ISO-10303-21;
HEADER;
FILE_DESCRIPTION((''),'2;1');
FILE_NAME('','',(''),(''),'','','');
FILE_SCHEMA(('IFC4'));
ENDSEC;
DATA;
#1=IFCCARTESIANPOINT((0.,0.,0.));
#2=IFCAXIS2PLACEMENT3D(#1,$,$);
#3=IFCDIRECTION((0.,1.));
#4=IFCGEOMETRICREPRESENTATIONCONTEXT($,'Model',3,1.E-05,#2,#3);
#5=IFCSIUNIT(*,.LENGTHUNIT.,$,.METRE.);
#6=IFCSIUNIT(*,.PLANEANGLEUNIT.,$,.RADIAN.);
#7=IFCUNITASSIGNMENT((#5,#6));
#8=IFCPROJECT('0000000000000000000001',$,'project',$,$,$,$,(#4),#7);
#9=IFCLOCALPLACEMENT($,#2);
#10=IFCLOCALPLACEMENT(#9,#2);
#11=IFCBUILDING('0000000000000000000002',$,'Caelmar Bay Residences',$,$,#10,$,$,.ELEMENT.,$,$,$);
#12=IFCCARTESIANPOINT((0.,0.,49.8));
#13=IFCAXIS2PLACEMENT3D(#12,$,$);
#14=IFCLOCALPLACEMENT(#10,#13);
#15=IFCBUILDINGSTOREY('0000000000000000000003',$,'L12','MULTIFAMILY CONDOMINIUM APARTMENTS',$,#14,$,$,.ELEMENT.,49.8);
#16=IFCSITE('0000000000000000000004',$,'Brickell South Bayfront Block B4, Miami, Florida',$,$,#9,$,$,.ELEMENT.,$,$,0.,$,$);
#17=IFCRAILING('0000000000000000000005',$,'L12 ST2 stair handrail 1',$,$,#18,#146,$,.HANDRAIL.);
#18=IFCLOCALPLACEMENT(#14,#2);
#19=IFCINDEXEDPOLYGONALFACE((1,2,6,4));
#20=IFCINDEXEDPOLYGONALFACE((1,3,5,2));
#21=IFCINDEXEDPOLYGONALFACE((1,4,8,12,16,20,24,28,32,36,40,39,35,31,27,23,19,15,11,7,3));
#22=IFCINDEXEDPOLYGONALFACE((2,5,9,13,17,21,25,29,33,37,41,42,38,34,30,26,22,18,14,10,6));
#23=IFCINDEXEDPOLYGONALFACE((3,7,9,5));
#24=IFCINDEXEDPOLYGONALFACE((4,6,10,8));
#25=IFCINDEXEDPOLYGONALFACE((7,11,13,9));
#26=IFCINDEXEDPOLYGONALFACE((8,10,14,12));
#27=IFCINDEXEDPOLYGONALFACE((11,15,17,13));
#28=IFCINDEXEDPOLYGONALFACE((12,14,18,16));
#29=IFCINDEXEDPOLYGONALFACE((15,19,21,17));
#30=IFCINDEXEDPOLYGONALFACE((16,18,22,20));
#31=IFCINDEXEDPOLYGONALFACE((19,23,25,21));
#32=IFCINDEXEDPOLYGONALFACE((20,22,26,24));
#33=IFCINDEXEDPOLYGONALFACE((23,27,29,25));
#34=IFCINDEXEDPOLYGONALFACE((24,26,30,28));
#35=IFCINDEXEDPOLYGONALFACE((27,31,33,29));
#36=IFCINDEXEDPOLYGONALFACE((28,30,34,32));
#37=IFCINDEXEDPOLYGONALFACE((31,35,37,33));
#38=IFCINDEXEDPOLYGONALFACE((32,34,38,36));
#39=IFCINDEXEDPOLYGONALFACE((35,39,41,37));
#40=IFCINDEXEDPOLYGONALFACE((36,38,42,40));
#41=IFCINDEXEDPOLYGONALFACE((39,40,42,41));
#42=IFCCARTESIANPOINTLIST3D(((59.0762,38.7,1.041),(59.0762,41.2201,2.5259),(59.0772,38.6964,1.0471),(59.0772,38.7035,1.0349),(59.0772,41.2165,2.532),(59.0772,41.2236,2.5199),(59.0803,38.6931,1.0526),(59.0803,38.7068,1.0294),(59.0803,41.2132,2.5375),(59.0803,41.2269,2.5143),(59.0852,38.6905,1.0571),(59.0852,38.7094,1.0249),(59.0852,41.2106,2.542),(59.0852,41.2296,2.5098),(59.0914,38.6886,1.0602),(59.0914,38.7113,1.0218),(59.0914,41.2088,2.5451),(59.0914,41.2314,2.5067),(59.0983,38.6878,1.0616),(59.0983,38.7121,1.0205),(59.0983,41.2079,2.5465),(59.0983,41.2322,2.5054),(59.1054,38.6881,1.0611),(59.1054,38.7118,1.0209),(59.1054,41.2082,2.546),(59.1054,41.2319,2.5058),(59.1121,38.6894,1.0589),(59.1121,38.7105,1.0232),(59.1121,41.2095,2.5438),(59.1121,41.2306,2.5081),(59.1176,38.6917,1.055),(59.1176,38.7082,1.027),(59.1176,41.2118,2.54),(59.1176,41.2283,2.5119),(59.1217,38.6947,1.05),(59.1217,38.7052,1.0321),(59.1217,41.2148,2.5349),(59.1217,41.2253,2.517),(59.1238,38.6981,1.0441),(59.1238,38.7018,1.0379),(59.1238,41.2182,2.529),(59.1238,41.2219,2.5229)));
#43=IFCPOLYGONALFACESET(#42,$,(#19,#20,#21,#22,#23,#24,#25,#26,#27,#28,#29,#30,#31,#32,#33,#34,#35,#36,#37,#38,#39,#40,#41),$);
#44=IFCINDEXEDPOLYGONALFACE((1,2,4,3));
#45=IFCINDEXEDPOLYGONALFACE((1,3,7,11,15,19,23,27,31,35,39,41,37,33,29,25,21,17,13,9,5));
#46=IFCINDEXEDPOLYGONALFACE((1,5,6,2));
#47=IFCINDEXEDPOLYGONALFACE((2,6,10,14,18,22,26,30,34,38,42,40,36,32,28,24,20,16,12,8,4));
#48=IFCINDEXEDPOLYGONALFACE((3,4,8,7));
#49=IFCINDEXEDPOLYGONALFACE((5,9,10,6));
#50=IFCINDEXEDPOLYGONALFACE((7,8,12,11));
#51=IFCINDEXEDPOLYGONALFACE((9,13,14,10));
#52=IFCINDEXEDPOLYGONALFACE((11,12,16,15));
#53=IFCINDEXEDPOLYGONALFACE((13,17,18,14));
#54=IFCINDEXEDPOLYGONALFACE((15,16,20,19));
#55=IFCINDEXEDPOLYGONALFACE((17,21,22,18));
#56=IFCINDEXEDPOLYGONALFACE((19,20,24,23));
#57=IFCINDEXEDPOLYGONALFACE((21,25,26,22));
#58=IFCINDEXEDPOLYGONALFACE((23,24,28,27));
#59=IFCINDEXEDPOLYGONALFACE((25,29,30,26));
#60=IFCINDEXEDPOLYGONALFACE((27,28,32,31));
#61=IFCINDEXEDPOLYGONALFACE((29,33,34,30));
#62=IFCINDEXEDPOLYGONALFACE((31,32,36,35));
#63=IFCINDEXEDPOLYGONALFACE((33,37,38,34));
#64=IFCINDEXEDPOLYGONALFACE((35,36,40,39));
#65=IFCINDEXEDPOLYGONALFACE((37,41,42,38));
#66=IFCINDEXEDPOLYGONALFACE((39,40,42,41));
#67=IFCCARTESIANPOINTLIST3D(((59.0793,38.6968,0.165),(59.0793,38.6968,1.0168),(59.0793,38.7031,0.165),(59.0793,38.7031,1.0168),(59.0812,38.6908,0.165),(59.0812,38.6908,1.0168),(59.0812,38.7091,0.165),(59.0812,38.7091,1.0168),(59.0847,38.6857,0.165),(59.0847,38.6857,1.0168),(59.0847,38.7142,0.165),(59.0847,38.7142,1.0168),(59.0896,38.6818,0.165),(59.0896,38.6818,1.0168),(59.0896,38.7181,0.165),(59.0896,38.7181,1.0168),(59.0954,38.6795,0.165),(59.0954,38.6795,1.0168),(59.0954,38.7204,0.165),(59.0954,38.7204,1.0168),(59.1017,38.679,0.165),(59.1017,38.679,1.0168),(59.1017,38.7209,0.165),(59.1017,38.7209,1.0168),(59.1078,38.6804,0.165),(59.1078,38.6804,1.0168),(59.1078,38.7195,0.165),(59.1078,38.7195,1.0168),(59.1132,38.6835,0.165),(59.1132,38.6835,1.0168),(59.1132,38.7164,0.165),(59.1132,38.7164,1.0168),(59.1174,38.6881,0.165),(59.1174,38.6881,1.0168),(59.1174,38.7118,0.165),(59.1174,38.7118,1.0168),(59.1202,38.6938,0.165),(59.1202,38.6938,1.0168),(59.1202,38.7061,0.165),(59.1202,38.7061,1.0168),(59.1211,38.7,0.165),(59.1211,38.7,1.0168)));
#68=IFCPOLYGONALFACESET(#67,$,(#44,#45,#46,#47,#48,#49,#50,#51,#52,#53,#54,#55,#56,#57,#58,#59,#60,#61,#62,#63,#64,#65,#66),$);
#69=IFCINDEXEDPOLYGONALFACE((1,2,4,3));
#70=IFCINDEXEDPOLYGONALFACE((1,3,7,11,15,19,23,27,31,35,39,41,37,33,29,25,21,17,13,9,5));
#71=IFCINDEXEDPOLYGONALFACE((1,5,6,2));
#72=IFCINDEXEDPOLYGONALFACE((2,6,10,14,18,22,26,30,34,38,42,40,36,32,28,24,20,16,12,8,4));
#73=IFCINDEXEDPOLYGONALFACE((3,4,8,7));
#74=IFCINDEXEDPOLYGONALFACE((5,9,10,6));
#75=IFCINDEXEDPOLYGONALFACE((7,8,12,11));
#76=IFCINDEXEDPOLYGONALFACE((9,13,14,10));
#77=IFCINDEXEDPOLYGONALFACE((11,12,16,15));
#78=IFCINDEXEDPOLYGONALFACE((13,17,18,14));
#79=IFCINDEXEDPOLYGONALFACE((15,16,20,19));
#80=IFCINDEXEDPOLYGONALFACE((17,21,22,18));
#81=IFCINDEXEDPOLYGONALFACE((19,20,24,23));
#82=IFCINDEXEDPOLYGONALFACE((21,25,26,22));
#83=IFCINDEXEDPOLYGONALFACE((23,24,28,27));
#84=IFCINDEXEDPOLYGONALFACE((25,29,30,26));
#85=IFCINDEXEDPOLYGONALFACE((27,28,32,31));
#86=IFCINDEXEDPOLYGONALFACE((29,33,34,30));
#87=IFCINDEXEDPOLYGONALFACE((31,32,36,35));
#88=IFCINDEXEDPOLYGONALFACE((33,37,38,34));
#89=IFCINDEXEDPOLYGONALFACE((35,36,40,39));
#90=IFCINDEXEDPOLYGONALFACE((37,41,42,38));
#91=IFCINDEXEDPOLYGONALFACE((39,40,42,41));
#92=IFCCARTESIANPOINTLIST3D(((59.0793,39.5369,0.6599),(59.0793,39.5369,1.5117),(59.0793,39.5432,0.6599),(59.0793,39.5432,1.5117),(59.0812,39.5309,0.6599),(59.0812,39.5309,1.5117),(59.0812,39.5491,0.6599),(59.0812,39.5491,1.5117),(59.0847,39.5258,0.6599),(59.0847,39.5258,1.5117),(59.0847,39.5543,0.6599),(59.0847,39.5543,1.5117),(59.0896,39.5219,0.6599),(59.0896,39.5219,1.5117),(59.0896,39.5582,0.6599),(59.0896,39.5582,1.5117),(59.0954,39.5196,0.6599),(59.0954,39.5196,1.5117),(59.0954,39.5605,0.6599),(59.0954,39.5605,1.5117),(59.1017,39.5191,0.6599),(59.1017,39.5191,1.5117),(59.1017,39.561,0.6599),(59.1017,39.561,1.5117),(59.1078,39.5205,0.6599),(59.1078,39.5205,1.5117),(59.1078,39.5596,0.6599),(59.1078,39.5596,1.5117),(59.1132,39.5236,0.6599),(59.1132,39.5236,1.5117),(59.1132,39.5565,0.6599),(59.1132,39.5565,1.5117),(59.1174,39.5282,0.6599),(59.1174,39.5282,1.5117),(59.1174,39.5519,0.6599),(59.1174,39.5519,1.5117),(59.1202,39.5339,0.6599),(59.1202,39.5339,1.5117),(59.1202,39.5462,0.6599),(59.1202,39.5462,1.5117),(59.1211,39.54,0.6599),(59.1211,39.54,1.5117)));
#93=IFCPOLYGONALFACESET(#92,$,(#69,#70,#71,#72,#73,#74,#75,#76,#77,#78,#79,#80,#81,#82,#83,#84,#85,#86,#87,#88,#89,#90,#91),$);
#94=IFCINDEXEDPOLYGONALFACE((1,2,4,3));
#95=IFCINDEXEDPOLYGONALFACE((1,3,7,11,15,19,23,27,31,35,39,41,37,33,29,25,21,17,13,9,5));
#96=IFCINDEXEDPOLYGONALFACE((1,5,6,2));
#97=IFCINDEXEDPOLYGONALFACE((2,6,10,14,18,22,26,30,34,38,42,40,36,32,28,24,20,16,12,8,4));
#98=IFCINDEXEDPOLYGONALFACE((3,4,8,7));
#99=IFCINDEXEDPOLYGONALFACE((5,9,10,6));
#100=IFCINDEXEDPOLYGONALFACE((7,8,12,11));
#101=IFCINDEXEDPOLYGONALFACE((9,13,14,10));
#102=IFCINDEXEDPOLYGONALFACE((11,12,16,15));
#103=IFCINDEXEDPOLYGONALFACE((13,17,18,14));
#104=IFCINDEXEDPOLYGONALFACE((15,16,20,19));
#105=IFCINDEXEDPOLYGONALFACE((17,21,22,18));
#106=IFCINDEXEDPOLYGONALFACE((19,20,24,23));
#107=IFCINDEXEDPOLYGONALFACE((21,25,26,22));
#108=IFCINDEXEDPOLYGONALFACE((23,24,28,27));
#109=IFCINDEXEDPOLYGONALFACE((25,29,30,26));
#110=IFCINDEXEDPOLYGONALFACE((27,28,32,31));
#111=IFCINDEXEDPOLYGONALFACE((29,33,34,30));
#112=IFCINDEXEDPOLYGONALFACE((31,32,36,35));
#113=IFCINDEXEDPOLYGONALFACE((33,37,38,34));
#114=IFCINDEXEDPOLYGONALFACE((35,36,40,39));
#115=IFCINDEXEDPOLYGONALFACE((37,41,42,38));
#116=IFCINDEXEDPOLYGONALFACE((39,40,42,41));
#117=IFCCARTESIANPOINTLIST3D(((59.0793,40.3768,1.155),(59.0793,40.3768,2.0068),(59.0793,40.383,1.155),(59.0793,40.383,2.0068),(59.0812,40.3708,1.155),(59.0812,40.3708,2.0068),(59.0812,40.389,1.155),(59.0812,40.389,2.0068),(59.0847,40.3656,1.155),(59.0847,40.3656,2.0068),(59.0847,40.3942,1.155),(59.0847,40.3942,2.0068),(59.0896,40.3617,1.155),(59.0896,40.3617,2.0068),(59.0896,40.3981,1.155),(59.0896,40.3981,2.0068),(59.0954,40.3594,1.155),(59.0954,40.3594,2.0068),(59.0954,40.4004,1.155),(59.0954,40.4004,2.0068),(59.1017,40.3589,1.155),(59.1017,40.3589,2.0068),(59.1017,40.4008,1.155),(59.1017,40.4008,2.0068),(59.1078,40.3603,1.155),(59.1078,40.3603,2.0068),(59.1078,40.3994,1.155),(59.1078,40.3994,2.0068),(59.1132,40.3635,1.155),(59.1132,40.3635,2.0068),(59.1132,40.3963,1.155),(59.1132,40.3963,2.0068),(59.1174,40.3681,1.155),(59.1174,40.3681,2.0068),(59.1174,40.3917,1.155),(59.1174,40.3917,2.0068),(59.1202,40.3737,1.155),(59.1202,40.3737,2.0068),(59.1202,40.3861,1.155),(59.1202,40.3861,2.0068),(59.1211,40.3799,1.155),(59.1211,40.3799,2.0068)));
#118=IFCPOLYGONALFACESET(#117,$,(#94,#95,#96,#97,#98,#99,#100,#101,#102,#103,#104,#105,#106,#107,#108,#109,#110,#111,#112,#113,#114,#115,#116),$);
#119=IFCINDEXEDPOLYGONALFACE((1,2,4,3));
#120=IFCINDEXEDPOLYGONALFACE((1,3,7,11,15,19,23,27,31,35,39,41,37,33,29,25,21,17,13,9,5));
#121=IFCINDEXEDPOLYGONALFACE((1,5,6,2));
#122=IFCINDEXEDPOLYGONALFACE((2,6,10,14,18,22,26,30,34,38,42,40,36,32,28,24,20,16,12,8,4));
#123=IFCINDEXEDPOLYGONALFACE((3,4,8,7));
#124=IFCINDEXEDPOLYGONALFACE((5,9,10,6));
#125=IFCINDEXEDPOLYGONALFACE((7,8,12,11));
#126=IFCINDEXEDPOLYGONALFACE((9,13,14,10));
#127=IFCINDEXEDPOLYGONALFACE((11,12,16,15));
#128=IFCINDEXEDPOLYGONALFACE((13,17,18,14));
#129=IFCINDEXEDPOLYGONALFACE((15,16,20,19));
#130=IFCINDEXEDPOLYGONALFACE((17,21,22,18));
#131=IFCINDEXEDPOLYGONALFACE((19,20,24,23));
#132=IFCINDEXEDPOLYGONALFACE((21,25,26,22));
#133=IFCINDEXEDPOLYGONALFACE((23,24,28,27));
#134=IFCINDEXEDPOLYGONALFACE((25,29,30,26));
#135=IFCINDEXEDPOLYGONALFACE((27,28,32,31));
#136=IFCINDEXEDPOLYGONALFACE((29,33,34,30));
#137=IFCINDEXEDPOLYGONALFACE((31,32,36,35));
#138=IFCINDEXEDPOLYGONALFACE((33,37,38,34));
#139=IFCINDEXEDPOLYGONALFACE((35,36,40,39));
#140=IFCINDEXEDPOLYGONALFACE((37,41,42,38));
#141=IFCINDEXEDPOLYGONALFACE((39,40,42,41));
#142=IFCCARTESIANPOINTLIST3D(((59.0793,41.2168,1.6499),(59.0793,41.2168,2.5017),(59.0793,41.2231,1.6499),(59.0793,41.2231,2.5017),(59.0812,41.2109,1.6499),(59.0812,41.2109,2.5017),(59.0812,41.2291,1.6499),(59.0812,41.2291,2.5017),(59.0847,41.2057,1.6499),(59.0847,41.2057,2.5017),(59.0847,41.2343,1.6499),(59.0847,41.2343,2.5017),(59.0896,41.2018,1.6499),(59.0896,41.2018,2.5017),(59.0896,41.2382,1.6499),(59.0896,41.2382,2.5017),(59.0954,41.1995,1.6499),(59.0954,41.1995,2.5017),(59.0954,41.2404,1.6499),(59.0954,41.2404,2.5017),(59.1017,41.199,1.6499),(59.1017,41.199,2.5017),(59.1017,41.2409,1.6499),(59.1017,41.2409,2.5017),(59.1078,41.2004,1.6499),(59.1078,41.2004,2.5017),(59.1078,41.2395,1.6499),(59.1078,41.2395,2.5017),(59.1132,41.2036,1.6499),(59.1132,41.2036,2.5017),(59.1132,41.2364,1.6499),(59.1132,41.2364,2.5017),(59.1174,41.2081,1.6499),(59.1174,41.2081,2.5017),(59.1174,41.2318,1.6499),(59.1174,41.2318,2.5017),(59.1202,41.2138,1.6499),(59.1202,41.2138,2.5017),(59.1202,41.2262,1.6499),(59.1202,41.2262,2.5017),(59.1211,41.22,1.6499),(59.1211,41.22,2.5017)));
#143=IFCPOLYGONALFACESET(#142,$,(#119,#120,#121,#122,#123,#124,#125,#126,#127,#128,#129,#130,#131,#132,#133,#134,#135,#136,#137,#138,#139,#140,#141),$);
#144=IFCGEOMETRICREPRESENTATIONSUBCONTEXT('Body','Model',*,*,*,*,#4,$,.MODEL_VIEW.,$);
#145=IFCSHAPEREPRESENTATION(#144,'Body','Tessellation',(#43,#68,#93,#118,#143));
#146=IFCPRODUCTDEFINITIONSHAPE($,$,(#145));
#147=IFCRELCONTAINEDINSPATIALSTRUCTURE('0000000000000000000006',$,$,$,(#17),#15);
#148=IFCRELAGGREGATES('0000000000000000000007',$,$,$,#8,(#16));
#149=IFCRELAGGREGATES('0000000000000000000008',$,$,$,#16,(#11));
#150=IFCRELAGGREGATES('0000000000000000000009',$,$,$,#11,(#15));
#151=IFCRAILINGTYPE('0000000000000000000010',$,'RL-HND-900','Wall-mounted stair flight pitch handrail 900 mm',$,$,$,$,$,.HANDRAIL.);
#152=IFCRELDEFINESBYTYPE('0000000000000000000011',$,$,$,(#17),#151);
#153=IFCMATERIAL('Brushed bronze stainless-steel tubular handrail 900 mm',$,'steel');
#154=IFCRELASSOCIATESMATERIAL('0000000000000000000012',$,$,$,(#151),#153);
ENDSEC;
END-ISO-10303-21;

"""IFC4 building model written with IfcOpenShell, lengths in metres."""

from ifc_helpers import new_model, si_unit, direction, frame, origin, origin_2d, place, context, subcontext, project, spatial, circle, extrude, material, type_object, element, save


model = new_model("IFC4")

# Units and contexts
model_context = context("Model", 3, precision=1e-05, world=origin(), true_north=direction((0.0, 1.0)))
body_context = subcontext(model_context, "Body", "Model", "MODEL_VIEW")
ifc_project = project(units=[si_unit("LENGTHUNIT", "METRE"), si_unit("PLANEANGLEUNIT", "RADIAN")], contexts=[model_context])

# Site, building, storey
site_placement = place(None, origin())
site = spatial("IfcSite", under=ifc_project, at=site_placement, Name="Brickell South Bayfront Block B4, Miami, Florida", CompositionType="ELEMENT", RefElevation=0.0)
building_placement = place(site_placement, origin())
building = spatial("IfcBuilding", under=site, at=building_placement, Name="Caelmar Bay Residences", CompositionType="ELEMENT")
storey_placement = place(building_placement, frame((0.0, 0.0, 49.8)))
storey = spatial("IfcBuildingStorey", under=building, at=storey_placement, Name="L12", Description="MULTIFAMILY CONDOMINIUM APARTMENTS", CompositionType="ELEMENT", Elevation=49.8)

# Railing
ifc_material_1 = material(Name="Brushed bronze stainless-steel tubular handrail 900 mm", Category="steel")
railing_type_1 = type_object("IfcRailingType", Name="RL-HND-900", Description="Wall-mounted stair flight pitch handrail 900 mm", PredefinedType="HANDRAIL", material=ifc_material_1)
railing_1_placement = place(storey_placement, frame((59.1001, 38.7, 0.165)))
element("IfcRailing", 1, at=railing_1_placement, inside=storey, type_object=railing_type_1, Name="L12 ST2 stair handrail 1", PredefinedType="HANDRAIL", context=body_context, shape_type="SweptSolid", body=[
    extrude(circle(Radius=0.0239, at=origin_2d()), frame((0.0, 0.0, 0.876), z_axis=(0.0, 0.861561, 0.507655), x_axis=(-1.0, 0.0, 0.0)), (0.0, 0.0, 1.0), 2.925),
    extrude(circle(Radius=0.021, at=origin_2d()), origin(), (0.0, 0.0, 1.0), 0.8518),
    extrude(circle(Radius=0.021, at=origin_2d()), frame((0.0, 0.8401, 0.4949)), (0.0, 0.0, 1.0), 0.8518),
    extrude(circle(Radius=0.021, at=origin_2d()), frame((0.0, 1.6799, 0.99)), (0.0, 0.0, 1.0), 0.8518),
    extrude(circle(Radius=0.021, at=origin_2d()), frame((0.0, 2.52, 1.4849)), (0.0, 0.0, 1.0), 0.8518),
])

save(model, "model.ifc")
